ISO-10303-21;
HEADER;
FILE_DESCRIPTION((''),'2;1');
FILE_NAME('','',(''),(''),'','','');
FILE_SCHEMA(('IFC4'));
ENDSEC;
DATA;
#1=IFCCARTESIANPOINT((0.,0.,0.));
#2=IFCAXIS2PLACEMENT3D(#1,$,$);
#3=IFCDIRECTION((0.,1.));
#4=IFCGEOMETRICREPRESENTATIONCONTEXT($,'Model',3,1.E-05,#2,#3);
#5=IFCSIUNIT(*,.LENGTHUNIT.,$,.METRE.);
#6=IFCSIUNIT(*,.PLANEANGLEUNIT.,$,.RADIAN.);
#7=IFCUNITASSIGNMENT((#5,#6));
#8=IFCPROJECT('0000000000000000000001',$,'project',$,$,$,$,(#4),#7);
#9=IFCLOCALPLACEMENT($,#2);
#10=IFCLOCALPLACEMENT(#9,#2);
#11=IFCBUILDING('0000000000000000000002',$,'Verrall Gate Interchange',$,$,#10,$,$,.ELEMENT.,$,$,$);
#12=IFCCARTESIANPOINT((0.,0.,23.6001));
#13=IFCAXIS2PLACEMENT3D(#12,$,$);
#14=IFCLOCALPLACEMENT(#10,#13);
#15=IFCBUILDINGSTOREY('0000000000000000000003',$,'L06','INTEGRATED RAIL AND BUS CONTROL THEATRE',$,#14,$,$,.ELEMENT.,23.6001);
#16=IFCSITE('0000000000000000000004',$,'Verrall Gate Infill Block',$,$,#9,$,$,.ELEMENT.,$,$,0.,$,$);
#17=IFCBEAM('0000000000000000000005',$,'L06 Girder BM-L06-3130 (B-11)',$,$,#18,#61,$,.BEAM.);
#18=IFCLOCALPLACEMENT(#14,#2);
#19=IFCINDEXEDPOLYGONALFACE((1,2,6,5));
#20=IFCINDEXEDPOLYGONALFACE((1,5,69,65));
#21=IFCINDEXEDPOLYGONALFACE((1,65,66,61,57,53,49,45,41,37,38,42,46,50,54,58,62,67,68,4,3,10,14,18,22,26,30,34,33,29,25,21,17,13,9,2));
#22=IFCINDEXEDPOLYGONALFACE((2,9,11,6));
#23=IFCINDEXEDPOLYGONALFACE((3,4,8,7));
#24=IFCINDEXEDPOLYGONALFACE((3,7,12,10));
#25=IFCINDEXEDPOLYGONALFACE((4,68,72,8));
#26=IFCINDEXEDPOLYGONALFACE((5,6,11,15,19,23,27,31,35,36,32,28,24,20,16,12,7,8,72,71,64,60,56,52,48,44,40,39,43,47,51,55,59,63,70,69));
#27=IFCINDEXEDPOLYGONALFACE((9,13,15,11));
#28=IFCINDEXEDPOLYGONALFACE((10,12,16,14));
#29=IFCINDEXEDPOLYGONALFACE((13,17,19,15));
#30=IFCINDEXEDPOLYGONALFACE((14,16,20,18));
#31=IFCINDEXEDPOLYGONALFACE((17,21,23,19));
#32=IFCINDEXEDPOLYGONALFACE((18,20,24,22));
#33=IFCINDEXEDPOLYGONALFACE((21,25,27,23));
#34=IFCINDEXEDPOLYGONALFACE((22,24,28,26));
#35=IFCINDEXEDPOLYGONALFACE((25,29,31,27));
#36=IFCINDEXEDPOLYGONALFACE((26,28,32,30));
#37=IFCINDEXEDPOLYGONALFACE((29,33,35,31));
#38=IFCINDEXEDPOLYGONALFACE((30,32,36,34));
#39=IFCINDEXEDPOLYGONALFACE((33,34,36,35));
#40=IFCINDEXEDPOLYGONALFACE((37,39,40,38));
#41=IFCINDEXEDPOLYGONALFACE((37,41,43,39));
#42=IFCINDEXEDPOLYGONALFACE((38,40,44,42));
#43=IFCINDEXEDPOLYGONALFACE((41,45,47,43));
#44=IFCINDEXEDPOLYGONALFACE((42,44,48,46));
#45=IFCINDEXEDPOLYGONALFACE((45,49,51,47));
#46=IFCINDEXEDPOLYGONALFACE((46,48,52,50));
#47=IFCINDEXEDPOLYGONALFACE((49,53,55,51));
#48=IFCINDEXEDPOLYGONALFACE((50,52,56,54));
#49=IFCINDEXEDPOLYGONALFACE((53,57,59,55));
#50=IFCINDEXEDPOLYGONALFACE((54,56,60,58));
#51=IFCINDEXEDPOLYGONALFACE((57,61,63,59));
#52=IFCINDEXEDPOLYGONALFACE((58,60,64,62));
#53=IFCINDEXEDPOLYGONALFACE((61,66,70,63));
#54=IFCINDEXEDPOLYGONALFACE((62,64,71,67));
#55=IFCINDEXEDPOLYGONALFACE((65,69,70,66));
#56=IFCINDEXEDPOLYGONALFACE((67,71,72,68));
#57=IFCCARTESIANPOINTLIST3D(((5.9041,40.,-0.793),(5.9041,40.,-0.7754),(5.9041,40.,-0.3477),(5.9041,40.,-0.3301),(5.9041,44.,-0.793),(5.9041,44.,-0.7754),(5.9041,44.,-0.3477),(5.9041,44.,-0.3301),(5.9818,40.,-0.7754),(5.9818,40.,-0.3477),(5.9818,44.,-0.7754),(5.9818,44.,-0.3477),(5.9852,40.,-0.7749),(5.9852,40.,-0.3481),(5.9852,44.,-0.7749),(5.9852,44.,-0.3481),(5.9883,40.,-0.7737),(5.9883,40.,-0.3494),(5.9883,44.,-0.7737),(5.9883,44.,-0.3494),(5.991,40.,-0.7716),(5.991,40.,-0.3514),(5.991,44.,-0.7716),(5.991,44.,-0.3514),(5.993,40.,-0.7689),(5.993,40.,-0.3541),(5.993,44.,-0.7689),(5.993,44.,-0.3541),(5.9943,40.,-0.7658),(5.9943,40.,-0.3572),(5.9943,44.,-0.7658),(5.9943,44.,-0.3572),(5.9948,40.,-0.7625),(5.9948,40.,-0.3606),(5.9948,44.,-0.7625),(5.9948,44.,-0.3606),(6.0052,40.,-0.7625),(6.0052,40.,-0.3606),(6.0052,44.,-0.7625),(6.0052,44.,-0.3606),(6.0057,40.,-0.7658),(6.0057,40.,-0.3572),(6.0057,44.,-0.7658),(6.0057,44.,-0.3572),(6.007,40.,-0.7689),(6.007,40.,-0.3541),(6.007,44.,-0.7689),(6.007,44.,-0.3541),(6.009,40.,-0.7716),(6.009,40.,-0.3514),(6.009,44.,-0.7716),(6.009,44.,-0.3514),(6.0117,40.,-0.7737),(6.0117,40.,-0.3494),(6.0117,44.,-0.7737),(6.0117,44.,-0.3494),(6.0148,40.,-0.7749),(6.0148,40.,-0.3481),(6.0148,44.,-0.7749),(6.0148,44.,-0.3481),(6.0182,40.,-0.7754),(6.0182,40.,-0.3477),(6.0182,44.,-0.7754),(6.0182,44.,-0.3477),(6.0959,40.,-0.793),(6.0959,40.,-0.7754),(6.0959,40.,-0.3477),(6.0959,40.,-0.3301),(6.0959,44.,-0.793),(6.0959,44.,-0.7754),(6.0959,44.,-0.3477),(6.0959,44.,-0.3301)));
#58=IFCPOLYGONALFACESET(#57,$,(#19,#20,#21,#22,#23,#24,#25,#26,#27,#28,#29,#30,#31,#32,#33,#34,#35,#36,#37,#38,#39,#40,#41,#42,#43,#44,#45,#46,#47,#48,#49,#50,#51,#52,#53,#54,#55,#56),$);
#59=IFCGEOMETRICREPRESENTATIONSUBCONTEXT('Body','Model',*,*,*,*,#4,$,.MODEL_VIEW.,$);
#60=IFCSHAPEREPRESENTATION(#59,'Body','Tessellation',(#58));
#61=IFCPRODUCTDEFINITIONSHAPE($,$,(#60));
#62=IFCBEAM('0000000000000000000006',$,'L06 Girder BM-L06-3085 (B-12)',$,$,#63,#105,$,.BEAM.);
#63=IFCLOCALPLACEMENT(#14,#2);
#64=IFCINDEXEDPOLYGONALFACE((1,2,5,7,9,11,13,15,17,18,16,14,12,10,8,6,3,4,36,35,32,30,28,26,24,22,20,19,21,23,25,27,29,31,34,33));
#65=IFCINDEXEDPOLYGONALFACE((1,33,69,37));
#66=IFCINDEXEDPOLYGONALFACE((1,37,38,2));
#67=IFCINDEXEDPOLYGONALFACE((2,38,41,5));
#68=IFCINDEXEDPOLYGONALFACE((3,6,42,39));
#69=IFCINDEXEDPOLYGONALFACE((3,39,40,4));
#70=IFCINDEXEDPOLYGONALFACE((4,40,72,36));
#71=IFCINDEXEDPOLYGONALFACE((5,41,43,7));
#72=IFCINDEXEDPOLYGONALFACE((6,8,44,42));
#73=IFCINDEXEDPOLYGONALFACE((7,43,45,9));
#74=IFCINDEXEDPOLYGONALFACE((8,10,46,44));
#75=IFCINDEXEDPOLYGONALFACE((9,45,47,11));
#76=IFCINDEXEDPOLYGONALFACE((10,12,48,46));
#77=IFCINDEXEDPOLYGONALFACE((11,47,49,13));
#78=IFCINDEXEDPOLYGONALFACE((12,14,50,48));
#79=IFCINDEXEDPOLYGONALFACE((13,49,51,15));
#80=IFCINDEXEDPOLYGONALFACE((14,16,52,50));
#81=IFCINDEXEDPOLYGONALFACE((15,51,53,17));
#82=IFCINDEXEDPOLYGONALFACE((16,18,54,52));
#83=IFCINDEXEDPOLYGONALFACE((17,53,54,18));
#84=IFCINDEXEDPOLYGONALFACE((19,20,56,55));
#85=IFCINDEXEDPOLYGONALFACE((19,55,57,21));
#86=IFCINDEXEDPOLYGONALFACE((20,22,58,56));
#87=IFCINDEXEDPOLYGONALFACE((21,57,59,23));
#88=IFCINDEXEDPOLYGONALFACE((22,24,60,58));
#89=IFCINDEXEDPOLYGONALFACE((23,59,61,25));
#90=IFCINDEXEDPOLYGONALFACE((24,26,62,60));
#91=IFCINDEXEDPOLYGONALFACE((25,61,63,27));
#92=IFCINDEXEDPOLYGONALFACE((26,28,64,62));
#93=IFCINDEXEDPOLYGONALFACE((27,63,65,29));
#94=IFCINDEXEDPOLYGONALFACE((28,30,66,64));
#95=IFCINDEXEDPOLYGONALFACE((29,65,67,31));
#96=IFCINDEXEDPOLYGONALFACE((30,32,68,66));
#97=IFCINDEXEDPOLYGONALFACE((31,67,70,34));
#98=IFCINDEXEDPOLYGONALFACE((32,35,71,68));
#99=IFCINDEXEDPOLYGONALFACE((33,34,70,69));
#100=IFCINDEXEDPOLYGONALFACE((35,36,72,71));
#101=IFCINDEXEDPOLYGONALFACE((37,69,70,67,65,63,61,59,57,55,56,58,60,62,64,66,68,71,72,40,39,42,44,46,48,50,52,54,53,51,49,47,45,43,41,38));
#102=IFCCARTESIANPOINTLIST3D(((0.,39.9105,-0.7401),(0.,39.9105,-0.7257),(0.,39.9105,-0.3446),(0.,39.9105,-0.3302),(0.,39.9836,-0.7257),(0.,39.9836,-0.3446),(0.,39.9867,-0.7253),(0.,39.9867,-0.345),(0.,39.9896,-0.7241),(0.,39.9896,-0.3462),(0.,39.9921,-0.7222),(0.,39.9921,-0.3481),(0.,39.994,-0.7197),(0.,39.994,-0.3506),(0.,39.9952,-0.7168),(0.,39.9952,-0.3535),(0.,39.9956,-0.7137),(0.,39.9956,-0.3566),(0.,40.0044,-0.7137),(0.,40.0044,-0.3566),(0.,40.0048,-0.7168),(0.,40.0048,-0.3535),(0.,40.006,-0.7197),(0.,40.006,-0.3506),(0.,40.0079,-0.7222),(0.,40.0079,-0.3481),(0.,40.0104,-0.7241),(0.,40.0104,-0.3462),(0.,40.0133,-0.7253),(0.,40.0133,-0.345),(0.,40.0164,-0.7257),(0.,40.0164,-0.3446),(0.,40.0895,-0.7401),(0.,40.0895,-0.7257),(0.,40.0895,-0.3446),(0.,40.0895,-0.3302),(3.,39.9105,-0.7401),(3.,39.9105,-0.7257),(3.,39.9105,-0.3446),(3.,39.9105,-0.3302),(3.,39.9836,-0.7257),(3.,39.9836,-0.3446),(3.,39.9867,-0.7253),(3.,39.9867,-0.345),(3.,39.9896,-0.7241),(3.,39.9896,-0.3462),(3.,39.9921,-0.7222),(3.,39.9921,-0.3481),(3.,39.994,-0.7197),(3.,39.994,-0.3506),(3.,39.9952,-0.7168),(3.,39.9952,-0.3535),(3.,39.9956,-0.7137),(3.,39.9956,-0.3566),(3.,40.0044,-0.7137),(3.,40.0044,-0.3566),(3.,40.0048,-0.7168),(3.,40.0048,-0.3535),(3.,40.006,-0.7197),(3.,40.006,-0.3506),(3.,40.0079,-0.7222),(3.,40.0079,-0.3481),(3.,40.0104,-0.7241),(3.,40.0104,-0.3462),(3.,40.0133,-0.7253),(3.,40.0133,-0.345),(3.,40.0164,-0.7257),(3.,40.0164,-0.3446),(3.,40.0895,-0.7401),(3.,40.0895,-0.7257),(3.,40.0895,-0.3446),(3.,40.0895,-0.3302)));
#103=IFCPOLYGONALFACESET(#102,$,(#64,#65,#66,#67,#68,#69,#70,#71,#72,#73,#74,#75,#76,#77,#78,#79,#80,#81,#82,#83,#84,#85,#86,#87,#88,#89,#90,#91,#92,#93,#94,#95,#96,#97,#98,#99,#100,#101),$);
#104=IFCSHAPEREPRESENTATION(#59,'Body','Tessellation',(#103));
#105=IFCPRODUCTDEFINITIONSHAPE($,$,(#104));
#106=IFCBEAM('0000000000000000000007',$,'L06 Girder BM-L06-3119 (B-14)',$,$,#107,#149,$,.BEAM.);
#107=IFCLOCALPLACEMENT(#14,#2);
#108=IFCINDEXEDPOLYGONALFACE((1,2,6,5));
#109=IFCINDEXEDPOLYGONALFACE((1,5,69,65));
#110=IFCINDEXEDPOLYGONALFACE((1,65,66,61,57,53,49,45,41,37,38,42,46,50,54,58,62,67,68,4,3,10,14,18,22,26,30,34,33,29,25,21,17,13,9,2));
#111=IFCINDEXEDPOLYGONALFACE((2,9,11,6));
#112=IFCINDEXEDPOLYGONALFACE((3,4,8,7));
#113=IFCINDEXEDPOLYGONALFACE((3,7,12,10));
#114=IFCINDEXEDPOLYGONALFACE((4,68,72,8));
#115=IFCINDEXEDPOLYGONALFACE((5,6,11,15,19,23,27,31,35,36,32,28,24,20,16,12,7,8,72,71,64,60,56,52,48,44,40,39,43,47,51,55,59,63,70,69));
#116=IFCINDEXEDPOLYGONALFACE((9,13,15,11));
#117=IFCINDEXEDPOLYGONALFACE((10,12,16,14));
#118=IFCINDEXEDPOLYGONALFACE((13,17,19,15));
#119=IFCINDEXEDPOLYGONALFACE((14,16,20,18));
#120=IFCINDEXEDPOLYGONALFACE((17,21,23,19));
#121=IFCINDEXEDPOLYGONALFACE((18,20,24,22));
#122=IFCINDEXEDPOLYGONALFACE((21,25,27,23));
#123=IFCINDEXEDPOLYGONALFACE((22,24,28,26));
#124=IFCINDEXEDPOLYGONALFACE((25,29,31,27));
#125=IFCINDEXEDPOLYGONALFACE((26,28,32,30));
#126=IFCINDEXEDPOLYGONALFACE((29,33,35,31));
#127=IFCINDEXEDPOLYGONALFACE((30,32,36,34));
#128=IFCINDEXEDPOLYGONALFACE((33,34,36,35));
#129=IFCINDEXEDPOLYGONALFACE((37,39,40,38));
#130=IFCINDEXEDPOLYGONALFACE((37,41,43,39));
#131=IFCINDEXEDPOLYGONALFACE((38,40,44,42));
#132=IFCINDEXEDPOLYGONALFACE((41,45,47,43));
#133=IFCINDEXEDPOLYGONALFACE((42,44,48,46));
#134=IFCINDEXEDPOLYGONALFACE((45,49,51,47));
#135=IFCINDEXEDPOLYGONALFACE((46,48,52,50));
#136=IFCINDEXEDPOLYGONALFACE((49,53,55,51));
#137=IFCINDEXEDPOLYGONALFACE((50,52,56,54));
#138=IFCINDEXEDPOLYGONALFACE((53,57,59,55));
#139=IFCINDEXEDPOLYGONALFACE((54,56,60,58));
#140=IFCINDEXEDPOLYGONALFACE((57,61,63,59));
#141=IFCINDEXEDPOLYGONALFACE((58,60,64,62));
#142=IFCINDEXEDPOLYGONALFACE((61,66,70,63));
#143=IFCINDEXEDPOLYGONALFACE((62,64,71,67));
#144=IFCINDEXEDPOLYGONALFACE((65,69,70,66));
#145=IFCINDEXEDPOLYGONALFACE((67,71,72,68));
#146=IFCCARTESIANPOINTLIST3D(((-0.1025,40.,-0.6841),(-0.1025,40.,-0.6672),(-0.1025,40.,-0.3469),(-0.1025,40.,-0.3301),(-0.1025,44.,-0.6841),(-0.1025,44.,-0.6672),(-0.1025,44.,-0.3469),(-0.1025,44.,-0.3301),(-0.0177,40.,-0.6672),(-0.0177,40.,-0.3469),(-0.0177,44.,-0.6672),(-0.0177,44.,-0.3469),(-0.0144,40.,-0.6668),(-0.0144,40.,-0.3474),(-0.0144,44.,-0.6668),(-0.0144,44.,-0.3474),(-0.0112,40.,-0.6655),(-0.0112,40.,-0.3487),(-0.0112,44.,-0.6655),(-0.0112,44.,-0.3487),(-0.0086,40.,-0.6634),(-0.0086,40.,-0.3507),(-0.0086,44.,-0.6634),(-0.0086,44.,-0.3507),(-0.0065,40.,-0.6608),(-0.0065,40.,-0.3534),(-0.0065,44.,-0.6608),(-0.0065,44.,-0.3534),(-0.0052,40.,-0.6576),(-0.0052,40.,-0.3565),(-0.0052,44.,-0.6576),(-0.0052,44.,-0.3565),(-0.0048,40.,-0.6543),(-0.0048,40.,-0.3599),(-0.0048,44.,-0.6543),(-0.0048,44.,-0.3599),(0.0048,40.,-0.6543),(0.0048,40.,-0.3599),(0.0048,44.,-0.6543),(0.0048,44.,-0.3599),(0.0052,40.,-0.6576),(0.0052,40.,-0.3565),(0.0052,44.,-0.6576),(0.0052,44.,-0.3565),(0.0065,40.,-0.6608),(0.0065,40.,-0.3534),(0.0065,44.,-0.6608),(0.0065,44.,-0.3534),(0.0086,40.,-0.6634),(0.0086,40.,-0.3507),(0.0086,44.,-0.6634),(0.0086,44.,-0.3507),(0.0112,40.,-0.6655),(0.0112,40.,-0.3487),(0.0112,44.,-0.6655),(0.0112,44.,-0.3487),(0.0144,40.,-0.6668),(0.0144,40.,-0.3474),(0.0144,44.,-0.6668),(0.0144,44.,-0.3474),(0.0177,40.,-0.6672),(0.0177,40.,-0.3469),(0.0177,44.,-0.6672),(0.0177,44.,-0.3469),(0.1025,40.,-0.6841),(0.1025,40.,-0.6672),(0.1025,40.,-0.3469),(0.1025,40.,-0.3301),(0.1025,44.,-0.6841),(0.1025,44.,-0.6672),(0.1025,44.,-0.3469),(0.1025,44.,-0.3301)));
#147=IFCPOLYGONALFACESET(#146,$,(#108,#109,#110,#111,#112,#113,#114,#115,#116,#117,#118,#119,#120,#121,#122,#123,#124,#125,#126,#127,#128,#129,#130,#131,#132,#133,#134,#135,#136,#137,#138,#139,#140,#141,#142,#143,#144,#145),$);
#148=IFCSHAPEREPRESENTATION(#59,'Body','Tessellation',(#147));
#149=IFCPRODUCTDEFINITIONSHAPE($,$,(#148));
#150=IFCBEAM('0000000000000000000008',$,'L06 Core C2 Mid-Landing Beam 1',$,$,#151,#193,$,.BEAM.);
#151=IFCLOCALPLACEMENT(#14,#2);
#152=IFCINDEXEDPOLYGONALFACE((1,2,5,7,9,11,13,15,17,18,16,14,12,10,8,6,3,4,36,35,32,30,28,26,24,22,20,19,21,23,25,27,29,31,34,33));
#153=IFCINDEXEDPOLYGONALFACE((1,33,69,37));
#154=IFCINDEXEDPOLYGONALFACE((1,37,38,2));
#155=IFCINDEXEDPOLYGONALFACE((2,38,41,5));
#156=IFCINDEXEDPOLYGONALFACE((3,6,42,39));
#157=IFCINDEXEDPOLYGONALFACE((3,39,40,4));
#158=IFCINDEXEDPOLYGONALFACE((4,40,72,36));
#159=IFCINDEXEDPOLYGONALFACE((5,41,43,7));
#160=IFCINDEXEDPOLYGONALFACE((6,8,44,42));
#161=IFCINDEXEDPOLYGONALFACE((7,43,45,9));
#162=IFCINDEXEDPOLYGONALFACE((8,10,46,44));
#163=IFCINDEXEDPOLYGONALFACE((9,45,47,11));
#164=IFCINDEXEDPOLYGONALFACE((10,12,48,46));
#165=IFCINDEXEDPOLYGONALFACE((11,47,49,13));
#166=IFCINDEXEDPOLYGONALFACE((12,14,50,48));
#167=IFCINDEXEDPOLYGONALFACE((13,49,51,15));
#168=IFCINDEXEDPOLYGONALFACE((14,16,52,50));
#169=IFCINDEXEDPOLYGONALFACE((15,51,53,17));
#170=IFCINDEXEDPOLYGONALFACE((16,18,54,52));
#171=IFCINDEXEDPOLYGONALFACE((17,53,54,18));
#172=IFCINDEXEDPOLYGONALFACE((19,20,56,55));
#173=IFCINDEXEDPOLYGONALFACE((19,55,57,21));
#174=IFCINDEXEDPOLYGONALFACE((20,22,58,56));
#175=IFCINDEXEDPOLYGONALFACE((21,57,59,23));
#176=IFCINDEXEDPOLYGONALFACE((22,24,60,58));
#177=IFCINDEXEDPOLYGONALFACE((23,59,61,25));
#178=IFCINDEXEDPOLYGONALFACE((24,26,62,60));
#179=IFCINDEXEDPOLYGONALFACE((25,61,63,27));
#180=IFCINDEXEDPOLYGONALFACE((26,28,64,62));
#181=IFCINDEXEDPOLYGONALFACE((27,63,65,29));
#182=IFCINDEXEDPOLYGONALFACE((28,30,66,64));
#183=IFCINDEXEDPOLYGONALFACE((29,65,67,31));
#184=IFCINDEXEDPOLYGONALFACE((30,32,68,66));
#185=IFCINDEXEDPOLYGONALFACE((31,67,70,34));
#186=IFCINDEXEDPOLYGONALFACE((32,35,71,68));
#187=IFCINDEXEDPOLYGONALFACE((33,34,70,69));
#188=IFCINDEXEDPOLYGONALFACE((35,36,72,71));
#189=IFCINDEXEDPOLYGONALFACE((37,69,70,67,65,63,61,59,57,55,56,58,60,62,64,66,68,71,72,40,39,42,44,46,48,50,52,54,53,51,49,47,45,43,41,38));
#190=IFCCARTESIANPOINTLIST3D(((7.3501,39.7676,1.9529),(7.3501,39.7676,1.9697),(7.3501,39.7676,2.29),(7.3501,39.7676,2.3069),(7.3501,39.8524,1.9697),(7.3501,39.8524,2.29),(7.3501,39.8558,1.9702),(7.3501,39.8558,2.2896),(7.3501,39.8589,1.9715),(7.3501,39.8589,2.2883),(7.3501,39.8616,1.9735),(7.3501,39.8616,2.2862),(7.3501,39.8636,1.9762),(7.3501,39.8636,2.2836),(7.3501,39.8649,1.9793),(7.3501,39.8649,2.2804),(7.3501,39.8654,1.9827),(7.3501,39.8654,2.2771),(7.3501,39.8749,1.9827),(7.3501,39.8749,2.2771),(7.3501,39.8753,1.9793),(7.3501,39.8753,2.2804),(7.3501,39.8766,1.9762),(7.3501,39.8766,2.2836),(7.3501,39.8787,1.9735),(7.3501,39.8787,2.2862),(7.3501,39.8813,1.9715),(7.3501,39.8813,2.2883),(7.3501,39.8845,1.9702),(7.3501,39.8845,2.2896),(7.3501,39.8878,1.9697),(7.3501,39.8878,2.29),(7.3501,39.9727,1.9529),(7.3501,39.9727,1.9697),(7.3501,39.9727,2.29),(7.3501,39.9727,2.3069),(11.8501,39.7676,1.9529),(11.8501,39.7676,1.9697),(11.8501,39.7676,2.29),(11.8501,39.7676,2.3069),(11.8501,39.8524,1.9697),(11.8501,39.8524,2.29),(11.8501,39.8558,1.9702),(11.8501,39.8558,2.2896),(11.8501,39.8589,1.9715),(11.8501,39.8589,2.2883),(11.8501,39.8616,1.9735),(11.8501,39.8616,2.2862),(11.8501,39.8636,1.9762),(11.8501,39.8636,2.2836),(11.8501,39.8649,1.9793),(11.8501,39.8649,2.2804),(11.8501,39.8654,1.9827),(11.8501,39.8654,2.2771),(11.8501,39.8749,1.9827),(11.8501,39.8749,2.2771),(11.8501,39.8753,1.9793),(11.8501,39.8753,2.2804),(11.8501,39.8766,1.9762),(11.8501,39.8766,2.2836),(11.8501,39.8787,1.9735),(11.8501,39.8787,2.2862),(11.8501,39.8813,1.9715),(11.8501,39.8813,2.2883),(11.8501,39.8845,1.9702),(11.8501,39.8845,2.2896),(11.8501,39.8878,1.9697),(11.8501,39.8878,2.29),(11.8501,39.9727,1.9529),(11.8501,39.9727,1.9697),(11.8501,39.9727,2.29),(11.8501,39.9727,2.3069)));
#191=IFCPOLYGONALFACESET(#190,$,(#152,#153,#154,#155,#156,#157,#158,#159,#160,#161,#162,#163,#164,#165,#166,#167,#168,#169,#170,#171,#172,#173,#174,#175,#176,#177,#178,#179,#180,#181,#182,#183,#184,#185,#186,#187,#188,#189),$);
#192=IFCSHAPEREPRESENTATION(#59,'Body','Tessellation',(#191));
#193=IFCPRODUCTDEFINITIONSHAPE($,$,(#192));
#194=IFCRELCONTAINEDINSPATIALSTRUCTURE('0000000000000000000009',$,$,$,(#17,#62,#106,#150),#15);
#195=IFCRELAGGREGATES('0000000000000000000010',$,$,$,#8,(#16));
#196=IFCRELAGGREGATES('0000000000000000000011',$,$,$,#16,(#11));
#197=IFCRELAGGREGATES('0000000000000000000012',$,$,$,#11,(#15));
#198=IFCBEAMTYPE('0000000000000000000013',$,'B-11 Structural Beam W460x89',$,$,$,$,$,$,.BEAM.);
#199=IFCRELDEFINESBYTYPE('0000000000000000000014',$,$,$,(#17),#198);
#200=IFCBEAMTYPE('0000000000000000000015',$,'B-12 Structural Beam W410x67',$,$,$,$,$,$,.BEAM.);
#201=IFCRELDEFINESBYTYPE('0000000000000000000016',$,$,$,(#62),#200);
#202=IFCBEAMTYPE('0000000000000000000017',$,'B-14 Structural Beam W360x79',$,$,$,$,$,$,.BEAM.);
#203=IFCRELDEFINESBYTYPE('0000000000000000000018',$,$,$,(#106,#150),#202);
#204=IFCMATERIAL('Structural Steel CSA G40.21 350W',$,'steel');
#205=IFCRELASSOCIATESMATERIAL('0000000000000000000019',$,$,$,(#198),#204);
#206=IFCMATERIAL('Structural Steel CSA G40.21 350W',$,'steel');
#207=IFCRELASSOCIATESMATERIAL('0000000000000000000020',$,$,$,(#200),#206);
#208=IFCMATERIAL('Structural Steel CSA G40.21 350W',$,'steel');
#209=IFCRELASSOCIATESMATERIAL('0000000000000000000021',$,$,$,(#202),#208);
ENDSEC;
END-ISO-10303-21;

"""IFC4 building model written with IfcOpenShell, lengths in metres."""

from ifc_helpers import new_model, si_unit, direction, frame, origin, origin_2d, place, context, subcontext, project, spatial, i_section, extrude, material, material_profile, profile_set, type_object, element, save


model = new_model("IFC4")

# Units and contexts
model_context = context("Model", 3, precision=1e-05, world=origin(), true_north=direction((0.0, 1.0)))
body_context = subcontext(model_context, "Body", "Model", "MODEL_VIEW")
ifc_project = project(units=[si_unit("LENGTHUNIT", "METRE"), si_unit("PLANEANGLEUNIT", "RADIAN")], contexts=[model_context])

# Site, building, storey
site_placement = place(None, origin())
site = spatial("IfcSite", under=ifc_project, at=site_placement, Name="Verrall Gate Infill Block", CompositionType="ELEMENT", RefElevation=0.0)
building_placement = place(site_placement, origin())
building = spatial("IfcBuilding", under=site, at=building_placement, Name="Verrall Gate Interchange", CompositionType="ELEMENT")
storey_placement = place(building_placement, frame((0.0, 0.0, 23.6001)))
storey = spatial("IfcBuildingStorey", under=building, at=storey_placement, Name="L06", Description="INTEGRATED RAIL AND BUS CONTROL THEATRE", CompositionType="ELEMENT", Elevation=23.6001)

# Beams
ifc_material_1 = material(Name="Structural Steel CSA G40.21 350W", Category="steel")
ifc_material_profile_1 = material_profile(ifc_material_1, i_section(OverallWidth=0.1919, OverallDepth=0.4629, WebThickness=0.0105, FlangeThickness=0.0176, FilletRadius=0.0129, at=origin_2d()), Name="W460x89")
ifc_profile_set_1 = profile_set([ifc_material_profile_1], Name="Structural Steel CSA G40.21 350W")
beam_type_1 = type_object("IfcBeamType", Name="B-11 Structural Beam W460x89", PredefinedType="BEAM", material=ifc_profile_set_1)
beam_1_placement = place(storey_placement, frame((6.0, 40.0, -0.5615), z_axis=(0.0, 1.0, 0.0), x_axis=(-1.0, 0.0, 0.0)))
element("IfcBeam", 1, at=beam_1_placement, inside=storey, type_object=beam_type_1, Name="L06 Girder BM-L06-3130 (B-11)", PredefinedType="BEAM", context=body_context, shape_type="SweptSolid", body=[
    extrude(i_section(OverallWidth=0.1919, OverallDepth=0.4629, WebThickness=0.0105, FlangeThickness=0.0176, FilletRadius=0.0129, at=origin_2d()), origin(), (0.0, 0.0, 1.0), 4.0),
])
ifc_material_2 = material(Name="Structural Steel CSA G40.21 350W", Category="steel")
ifc_material_profile_2 = material_profile(ifc_material_2, i_section(OverallWidth=0.179, OverallDepth=0.4099, WebThickness=0.0088, FlangeThickness=0.0144, FilletRadius=0.012, at=origin_2d()), Name="W410x67")
ifc_profile_set_2 = profile_set([ifc_material_profile_2], Name="Structural Steel CSA G40.21 350W")
beam_type_2 = type_object("IfcBeamType", Name="B-12 Structural Beam W410x67", PredefinedType="BEAM", material=ifc_profile_set_2)
beam_2_placement = place(storey_placement, frame((0.0, 40.0, -0.5352), z_axis=(1.0, 0.0, 0.0), x_axis=(0.0, 1.0, 0.0)))
element("IfcBeam", 2, at=beam_2_placement, inside=storey, type_object=beam_type_2, Name="L06 Girder BM-L06-3085 (B-12)", PredefinedType="BEAM", context=body_context, shape_type="SweptSolid", body=[
    extrude(i_section(OverallWidth=0.179, OverallDepth=0.4099, WebThickness=0.0088, FlangeThickness=0.0144, FilletRadius=0.012, at=origin_2d()), origin(), (0.0, 0.0, 1.0), 3.0),
])
ifc_material_3 = material(Name="Structural Steel CSA G40.21 350W", Category="steel")
ifc_material_profile_3 = material_profile(ifc_material_3, i_section(OverallWidth=0.2051, OverallDepth=0.354, WebThickness=0.0095, FlangeThickness=0.0168, FilletRadius=0.0129, at=origin_2d()), Name="W360x79")
ifc_profile_set_3 = profile_set([ifc_material_profile_3], Name="Structural Steel CSA G40.21 350W")
beam_type_3 = type_object("IfcBeamType", Name="B-14 Structural Beam W360x79", PredefinedType="BEAM", material=ifc_profile_set_3)
beam_3_placement = place(storey_placement, frame((0.0, 40.0, -0.5071), z_axis=(0.0, 1.0, 0.0), x_axis=(-1.0, 0.0, 0.0)))
element("IfcBeam", 3, at=beam_3_placement, inside=storey, type_object=beam_type_3, Name="L06 Girder BM-L06-3119 (B-14)", PredefinedType="BEAM", context=body_context, shape_type="SweptSolid", body=[
    extrude(i_section(OverallWidth=0.2051, OverallDepth=0.354, WebThickness=0.0095, FlangeThickness=0.0168, FilletRadius=0.0129, at=origin_2d()), origin(), (0.0, 0.0, 1.0), 4.0),
])
beam_4_placement = place(storey_placement, frame((7.3501, 39.8701, 2.1299), z_axis=(1.0, 0.0, 0.0), x_axis=(0.0, 1.0, 0.0)))
element("IfcBeam", 4, at=beam_4_placement, inside=storey, type_object=beam_type_3, Name="L06 Core C2 Mid-Landing Beam 1", PredefinedType="BEAM", context=body_context, shape_type="SweptSolid", body=[
    extrude(i_section(OverallWidth=0.2051, OverallDepth=0.354, WebThickness=0.0095, FlangeThickness=0.0168, FilletRadius=0.0129, at=origin_2d()), origin(), (0.0, 0.0, 1.0), 4.5),
])

save(model, "model.ifc")
